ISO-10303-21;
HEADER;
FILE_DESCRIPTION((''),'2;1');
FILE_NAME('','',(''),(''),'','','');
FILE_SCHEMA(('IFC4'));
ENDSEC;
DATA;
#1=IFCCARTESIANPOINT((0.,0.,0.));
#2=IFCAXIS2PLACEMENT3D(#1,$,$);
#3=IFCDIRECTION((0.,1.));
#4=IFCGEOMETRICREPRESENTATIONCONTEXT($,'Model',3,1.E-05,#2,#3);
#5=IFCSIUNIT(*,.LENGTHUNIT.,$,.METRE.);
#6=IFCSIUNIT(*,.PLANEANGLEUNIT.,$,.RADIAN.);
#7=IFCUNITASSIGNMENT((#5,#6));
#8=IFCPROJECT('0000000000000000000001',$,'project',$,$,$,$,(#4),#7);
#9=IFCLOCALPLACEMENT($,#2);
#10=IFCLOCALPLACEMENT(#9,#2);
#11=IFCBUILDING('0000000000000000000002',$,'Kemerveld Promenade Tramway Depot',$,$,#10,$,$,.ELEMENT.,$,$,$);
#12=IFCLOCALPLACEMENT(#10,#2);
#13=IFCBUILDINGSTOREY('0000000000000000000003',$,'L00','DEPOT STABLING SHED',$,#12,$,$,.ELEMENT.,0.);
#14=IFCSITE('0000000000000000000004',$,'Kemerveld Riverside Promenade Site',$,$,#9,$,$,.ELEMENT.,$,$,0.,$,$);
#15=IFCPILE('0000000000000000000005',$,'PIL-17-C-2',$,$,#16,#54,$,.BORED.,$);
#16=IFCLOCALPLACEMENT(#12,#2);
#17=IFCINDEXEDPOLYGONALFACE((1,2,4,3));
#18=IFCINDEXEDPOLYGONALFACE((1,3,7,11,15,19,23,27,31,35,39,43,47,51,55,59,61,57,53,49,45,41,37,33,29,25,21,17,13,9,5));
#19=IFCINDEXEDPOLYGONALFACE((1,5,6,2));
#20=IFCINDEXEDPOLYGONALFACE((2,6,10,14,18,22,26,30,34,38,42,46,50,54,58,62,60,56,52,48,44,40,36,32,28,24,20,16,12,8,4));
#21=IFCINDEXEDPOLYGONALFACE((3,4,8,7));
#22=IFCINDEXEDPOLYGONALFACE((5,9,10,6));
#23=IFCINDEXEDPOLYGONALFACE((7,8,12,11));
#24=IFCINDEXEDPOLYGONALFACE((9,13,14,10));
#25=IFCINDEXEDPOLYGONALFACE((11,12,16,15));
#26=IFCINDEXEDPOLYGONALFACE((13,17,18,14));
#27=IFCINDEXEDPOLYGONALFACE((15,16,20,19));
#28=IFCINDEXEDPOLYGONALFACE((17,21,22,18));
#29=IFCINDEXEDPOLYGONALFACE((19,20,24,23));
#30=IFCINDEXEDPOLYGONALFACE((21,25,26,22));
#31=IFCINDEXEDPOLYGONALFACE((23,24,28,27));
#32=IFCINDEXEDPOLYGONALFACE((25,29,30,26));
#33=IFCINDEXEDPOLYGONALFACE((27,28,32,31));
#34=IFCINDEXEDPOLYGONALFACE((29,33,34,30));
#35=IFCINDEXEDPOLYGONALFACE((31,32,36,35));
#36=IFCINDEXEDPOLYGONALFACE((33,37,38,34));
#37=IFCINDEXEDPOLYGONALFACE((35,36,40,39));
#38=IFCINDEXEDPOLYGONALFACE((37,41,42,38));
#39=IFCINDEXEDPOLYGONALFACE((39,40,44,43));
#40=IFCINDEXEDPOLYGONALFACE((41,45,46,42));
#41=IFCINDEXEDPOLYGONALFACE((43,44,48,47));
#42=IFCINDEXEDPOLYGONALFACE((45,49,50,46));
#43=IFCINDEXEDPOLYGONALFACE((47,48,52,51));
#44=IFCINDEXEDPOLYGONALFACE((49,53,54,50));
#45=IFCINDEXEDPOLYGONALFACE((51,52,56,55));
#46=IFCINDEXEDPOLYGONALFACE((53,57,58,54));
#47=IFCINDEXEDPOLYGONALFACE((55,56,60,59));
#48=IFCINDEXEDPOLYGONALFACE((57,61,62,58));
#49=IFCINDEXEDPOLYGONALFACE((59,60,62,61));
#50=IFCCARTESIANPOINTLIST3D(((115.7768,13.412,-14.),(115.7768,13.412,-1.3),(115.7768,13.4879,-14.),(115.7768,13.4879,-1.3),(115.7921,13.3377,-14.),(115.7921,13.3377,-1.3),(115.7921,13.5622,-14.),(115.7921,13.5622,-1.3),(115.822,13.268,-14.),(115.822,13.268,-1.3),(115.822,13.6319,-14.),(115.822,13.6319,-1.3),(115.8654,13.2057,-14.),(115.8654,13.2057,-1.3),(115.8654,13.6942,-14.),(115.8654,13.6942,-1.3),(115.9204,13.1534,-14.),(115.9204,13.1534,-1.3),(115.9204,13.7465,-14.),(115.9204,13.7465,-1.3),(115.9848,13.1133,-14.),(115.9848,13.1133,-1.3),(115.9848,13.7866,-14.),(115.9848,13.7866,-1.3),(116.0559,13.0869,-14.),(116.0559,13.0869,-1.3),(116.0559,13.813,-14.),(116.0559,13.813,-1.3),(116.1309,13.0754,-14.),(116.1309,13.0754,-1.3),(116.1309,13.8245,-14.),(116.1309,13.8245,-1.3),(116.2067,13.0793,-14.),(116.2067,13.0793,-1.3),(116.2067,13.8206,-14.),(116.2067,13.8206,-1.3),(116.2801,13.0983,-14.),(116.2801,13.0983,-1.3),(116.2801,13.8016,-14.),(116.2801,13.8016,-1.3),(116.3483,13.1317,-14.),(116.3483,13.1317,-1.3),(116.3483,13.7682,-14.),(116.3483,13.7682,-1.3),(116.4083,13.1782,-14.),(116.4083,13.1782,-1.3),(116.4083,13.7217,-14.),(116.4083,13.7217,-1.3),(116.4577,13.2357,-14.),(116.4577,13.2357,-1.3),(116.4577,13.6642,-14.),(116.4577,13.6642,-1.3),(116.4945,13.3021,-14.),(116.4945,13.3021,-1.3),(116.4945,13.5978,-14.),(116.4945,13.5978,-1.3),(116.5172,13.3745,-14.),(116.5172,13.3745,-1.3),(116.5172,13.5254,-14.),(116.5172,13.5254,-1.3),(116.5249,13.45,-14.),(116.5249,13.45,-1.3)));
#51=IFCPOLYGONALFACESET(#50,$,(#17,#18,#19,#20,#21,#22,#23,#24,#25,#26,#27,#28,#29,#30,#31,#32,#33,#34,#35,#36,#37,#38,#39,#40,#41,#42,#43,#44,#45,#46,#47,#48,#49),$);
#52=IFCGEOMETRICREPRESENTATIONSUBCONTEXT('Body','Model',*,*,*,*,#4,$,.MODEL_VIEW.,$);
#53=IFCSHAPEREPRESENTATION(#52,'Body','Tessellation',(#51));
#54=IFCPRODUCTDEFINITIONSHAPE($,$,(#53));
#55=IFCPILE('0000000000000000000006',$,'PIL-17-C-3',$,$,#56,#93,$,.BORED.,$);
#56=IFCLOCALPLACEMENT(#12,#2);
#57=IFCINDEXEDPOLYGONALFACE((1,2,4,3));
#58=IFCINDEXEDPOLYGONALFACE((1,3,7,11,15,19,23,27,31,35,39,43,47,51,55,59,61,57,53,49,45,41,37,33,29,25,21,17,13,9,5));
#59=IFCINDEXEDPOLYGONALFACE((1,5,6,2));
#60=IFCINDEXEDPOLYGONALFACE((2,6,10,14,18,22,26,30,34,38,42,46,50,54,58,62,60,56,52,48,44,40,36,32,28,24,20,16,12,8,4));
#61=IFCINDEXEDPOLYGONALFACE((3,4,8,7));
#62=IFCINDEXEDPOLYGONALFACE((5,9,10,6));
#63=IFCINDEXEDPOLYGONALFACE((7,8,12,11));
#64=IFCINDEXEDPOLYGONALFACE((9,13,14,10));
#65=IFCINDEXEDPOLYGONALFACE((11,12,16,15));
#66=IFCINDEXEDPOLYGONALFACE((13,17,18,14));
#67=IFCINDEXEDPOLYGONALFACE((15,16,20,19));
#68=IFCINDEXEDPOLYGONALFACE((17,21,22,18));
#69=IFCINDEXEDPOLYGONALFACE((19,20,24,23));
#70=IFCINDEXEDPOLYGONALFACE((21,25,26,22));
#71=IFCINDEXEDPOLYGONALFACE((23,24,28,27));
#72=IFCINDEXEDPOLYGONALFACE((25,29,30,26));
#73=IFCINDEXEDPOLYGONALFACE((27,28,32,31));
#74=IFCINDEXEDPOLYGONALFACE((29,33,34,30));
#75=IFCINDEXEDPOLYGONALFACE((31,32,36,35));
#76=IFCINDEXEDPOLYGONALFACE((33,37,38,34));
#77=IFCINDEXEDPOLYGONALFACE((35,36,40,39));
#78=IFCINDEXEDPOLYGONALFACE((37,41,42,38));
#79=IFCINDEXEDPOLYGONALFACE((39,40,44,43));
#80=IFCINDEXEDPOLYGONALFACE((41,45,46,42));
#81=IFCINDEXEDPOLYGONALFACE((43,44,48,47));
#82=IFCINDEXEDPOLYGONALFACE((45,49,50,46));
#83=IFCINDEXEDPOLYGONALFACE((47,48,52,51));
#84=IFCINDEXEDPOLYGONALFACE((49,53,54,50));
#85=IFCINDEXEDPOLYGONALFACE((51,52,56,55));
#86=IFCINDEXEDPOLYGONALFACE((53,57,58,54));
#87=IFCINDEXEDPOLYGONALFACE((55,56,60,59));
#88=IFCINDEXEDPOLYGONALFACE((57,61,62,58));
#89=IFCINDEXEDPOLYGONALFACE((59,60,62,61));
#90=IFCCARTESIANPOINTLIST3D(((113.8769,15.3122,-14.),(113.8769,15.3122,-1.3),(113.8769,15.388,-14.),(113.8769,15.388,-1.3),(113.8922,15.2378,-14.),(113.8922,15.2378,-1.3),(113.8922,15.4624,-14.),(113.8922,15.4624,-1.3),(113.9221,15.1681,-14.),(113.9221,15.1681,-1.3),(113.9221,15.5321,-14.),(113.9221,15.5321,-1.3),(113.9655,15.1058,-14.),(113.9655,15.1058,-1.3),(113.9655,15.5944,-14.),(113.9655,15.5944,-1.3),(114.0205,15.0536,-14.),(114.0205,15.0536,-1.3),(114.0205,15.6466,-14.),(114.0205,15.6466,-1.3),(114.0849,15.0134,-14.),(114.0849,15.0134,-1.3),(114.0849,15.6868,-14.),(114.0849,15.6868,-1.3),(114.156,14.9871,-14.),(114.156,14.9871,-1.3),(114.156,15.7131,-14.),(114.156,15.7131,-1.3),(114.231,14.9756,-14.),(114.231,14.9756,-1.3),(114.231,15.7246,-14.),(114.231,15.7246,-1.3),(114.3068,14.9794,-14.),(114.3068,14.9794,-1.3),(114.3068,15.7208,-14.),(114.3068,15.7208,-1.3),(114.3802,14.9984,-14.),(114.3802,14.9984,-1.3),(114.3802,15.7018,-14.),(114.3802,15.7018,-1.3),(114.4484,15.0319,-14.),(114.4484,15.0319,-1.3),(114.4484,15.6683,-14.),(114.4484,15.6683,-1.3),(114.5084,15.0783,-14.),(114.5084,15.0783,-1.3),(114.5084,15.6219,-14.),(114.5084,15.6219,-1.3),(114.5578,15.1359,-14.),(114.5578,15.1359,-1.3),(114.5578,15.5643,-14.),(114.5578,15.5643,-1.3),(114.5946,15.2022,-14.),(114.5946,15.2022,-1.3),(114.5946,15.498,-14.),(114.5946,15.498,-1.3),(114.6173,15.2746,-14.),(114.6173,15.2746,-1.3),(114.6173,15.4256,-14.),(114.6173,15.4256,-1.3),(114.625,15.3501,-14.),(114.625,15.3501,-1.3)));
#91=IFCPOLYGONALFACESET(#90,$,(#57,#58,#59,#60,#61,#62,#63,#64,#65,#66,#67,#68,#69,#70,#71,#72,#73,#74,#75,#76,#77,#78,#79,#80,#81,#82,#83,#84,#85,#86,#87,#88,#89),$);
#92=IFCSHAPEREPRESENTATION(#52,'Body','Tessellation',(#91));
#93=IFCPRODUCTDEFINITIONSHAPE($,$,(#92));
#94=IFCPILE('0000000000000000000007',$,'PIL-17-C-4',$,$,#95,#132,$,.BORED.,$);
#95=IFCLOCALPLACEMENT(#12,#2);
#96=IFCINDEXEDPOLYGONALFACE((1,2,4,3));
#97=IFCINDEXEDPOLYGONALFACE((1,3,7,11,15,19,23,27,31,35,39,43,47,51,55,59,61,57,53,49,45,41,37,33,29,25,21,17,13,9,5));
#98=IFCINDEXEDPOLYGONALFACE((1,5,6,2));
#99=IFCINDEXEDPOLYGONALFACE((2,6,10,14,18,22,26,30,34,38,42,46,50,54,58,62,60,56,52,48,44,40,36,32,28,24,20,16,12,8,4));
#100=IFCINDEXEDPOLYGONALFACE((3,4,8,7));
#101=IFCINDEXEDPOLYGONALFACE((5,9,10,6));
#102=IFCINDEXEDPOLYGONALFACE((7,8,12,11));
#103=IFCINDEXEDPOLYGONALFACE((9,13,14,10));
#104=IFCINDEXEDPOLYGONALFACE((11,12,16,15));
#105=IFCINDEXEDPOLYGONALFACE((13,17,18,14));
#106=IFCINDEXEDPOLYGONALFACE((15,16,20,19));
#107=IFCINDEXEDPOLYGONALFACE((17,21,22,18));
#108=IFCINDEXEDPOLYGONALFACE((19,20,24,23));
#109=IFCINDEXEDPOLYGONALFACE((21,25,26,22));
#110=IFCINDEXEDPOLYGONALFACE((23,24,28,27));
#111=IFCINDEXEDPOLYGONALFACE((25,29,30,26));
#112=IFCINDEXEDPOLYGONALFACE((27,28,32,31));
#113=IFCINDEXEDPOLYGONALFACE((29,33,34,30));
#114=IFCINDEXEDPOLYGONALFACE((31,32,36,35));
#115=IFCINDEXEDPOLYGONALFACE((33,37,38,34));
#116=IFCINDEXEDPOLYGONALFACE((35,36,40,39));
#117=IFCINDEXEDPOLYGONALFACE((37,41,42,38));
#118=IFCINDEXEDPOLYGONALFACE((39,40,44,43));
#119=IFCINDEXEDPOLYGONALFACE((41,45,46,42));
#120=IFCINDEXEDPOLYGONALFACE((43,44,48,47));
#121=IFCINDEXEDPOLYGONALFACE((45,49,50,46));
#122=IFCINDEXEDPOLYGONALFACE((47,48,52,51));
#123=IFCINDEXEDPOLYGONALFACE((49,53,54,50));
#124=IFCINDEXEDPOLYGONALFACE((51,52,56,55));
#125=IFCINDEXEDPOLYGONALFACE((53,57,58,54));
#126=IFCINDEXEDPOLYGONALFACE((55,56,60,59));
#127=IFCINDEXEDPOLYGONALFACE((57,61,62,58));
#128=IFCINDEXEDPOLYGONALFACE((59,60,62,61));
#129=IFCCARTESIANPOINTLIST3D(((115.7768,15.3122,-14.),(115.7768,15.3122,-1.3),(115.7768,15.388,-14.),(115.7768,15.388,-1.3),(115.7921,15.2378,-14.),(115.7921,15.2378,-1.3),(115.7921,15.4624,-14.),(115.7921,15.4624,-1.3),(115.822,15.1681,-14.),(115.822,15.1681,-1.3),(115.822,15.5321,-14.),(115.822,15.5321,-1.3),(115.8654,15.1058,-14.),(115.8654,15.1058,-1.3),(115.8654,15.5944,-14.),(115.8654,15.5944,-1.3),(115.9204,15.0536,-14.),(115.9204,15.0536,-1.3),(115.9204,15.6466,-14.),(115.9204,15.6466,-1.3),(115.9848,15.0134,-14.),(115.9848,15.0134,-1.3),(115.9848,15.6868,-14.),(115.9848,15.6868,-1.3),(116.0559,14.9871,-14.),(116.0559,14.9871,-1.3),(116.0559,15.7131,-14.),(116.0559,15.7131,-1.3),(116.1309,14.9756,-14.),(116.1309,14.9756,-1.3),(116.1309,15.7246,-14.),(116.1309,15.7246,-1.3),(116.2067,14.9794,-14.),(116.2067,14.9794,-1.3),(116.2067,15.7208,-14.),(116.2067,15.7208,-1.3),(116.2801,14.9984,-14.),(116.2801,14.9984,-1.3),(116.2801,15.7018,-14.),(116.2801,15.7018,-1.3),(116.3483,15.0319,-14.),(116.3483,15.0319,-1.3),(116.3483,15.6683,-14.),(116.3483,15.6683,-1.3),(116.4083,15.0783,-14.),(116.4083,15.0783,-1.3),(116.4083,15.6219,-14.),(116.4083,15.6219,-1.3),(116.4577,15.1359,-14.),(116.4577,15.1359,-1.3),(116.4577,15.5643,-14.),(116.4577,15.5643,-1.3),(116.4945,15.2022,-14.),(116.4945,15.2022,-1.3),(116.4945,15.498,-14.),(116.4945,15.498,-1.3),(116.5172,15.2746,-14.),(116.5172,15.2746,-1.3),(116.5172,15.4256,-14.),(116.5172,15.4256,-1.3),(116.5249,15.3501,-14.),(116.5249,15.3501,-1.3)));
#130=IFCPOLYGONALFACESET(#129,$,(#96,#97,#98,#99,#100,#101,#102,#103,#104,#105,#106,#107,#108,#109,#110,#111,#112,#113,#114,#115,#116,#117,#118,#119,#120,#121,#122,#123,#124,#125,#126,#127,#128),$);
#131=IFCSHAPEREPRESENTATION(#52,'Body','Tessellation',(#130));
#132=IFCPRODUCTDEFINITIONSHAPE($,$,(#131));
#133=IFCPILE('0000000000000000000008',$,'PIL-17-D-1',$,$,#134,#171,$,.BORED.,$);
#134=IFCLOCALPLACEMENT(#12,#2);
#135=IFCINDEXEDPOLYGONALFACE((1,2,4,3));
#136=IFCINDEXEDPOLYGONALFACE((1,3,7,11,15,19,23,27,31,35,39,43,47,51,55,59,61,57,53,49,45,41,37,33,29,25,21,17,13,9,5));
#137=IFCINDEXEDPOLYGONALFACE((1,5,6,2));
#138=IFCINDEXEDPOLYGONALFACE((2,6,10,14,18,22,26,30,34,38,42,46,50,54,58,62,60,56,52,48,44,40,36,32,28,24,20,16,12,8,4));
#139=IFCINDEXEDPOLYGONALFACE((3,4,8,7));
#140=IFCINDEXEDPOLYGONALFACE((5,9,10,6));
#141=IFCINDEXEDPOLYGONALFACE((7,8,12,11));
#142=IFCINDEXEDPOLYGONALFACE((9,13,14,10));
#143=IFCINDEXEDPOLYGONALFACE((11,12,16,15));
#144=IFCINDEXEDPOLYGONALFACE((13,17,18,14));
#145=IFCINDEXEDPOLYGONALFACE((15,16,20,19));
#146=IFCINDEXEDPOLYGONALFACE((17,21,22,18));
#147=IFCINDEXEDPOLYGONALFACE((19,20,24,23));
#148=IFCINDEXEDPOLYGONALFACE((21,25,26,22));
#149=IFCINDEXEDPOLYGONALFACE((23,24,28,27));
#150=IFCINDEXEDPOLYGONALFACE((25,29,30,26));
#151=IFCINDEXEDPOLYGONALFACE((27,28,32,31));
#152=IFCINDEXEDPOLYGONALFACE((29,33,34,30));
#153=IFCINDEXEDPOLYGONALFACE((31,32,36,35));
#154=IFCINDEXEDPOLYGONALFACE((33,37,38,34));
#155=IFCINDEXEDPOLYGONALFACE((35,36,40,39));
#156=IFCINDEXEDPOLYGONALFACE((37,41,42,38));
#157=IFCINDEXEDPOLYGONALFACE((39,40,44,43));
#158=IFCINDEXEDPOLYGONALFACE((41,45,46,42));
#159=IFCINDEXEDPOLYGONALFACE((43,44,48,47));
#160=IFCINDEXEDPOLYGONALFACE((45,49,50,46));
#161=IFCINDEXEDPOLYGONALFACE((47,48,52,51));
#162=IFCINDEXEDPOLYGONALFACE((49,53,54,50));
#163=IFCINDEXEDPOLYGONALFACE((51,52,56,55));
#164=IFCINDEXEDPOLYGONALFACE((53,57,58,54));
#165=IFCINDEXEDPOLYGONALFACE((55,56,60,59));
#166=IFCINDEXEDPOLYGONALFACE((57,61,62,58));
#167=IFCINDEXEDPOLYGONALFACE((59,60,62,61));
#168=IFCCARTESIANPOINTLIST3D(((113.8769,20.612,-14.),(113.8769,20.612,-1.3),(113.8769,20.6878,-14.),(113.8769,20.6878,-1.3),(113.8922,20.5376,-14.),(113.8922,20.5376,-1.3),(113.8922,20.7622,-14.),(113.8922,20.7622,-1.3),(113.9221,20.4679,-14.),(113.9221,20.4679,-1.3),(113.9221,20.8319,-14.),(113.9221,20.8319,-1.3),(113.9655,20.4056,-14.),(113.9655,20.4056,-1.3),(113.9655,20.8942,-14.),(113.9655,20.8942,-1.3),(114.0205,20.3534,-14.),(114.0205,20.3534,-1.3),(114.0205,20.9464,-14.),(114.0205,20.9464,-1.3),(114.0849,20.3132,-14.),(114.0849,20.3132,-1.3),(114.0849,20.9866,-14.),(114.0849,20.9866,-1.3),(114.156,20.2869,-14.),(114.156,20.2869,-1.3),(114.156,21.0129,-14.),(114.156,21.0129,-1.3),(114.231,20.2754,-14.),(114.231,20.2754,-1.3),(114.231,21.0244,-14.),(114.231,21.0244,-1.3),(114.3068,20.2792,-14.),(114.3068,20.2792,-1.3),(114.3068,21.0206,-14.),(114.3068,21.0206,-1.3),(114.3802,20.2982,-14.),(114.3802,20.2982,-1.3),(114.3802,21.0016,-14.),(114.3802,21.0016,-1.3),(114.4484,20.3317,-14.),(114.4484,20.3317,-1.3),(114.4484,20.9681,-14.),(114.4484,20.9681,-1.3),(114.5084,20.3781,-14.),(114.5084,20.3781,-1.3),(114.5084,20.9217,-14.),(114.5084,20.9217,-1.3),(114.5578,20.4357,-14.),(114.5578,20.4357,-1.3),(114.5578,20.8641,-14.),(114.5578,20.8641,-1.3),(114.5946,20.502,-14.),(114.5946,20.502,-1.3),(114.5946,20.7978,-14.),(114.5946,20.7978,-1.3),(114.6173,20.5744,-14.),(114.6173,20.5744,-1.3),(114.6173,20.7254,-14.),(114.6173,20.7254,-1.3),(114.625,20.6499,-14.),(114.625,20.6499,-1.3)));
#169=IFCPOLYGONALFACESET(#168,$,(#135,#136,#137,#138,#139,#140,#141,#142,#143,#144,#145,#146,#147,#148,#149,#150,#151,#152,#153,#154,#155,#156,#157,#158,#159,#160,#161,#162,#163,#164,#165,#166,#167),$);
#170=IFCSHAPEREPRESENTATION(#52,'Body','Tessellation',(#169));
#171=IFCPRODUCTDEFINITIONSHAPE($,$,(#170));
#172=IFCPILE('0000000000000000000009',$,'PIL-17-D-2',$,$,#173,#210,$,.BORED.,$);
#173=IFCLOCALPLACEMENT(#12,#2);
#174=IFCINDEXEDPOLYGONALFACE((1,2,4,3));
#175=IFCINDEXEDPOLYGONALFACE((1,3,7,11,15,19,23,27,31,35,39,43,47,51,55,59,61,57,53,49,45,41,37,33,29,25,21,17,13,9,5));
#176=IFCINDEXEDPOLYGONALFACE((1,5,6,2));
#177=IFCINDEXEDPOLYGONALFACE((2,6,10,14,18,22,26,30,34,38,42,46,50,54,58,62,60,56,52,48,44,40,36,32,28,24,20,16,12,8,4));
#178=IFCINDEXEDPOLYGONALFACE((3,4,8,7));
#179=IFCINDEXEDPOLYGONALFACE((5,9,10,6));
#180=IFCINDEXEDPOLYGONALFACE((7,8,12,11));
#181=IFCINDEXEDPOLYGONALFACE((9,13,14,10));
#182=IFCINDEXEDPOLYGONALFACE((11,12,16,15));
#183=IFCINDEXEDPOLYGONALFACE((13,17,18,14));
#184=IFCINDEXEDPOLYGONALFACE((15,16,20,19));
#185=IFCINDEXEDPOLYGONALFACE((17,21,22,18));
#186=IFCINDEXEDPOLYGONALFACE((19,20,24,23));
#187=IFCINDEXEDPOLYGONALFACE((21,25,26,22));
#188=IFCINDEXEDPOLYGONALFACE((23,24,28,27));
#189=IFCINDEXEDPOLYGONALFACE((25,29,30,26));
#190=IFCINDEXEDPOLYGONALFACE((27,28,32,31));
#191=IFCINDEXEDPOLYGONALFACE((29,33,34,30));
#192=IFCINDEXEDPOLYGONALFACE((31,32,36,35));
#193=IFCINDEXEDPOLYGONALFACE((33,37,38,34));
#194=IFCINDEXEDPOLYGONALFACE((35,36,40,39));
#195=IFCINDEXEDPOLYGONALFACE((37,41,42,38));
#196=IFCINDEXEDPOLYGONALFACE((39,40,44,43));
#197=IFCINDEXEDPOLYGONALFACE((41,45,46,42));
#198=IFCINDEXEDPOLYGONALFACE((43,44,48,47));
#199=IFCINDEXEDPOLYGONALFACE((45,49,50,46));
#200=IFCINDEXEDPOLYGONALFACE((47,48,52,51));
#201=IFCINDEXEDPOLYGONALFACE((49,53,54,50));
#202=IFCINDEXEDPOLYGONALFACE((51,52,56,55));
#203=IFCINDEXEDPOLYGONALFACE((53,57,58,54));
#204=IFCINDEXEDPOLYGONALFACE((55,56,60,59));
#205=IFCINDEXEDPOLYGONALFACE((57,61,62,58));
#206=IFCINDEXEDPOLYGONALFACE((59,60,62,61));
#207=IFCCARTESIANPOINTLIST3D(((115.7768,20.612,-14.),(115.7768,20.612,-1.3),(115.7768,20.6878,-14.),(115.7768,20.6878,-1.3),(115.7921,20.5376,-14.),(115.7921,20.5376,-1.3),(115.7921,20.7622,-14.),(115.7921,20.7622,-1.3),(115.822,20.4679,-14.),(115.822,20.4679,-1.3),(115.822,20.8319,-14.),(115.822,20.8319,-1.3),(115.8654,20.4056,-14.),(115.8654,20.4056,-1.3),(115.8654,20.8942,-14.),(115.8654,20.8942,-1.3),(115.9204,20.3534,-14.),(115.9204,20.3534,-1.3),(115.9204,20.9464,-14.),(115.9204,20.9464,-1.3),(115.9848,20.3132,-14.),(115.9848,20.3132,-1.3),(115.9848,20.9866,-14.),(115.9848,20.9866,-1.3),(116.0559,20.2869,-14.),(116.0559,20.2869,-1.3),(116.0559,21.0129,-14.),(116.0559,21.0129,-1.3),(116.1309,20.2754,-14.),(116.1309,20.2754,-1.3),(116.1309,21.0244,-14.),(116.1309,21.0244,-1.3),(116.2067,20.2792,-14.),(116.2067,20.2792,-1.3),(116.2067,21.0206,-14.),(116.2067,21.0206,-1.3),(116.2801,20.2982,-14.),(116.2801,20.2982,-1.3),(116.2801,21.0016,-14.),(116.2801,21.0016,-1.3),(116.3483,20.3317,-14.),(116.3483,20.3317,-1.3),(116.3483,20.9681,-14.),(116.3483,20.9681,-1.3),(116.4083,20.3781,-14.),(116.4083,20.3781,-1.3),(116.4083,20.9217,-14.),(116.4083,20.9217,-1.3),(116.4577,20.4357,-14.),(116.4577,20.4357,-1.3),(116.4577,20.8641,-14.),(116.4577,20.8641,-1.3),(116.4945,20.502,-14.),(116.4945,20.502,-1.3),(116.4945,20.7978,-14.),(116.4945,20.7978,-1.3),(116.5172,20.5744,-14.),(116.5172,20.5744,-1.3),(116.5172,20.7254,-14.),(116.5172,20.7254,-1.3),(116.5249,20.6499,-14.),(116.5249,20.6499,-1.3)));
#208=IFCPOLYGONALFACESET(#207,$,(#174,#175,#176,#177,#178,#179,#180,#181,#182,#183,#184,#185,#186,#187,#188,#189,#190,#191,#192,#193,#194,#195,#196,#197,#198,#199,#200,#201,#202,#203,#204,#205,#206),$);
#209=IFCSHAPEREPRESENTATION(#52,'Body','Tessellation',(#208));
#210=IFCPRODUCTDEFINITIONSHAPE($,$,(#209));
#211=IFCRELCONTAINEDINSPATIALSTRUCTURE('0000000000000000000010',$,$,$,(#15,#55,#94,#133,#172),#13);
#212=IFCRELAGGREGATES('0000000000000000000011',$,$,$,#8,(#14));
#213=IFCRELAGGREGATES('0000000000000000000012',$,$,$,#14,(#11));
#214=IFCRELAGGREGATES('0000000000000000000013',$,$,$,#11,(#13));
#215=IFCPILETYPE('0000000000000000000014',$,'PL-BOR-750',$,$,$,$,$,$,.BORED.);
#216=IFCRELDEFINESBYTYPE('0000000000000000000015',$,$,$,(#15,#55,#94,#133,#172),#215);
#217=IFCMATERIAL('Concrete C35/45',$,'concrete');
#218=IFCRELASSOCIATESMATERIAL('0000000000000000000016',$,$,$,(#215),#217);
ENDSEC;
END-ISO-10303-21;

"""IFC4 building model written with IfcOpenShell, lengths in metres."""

from ifc_helpers import new_model, si_unit, direction, frame, origin, origin_2d, place, context, subcontext, project, spatial, circle, extrude, material, material_profile, profile_set, type_object, element, save


model = new_model("IFC4")

# Units and contexts
model_context = context("Model", 3, precision=1e-05, world=origin(), true_north=direction((0.0, 1.0)))
body_context = subcontext(model_context, "Body", "Model", "MODEL_VIEW")
ifc_project = project(units=[si_unit("LENGTHUNIT", "METRE"), si_unit("PLANEANGLEUNIT", "RADIAN")], contexts=[model_context])

# Site, building, storey
site_placement = place(None, origin())
site = spatial("IfcSite", under=ifc_project, at=site_placement, Name="Kemerveld Riverside Promenade Site", CompositionType="ELEMENT", RefElevation=0.0)
building_placement = place(site_placement, origin())
building = spatial("IfcBuilding", under=site, at=building_placement, Name="Kemerveld Promenade Tramway Depot", CompositionType="ELEMENT")
storey_placement = place(building_placement, origin())
storey = spatial("IfcBuildingStorey", under=building, at=storey_placement, Name="L00", Description="DEPOT STABLING SHED", CompositionType="ELEMENT", Elevation=0.0)

# Shared definitions
ifc_material_1 = material(Name="Concrete C35/45", Category="concrete")

# Piles
ifc_material_profile_1 = material_profile(ifc_material_1, circle(Radius=0.375, at=origin_2d()), Name="PILE-D750")
ifc_profile_set_1 = profile_set([ifc_material_profile_1], Name="Concrete C35/45")
pile_type = type_object("IfcPileType", Name="PL-BOR-750", PredefinedType="BORED", material=ifc_profile_set_1)
for number, where, z_axis, x_axis, name in (
    (1, (116.1499, 13.45, -1.3), (0.0, 0.0, -1.0), (1.0, 0.0, 0.0), "PIL-17-C-2"),
    (2, (114.25, 15.3501, -1.3), (0.0, 0.0, -1.0), (1.0, 0.0, 0.0), "PIL-17-C-3"),
    (3, (116.1499, 15.3501, -1.3), (0.0, 0.0, -1.0), (1.0, 0.0, 0.0), "PIL-17-C-4"),
    (4, (114.25, 20.6499, -1.3), (0.0, 0.0, -1.0), (1.0, 0.0, 0.0), "PIL-17-D-1"),
    (5, (116.1499, 20.6499, -1.3), (0.0, 0.0, -1.0), (1.0, 0.0, 0.0), "PIL-17-D-2"),
):
    element("IfcPile", number, at=place(storey_placement, frame(where, z_axis=z_axis, x_axis=x_axis)), inside=storey, type_object=pile_type, Name=name, PredefinedType="BORED", context=body_context, shape_type="SweptSolid", body=[
        extrude(circle(Radius=0.375, at=origin_2d()), origin(), (0.0, 0.0, 1.0), 12.7),
    ])

save(model, "model.ifc")
